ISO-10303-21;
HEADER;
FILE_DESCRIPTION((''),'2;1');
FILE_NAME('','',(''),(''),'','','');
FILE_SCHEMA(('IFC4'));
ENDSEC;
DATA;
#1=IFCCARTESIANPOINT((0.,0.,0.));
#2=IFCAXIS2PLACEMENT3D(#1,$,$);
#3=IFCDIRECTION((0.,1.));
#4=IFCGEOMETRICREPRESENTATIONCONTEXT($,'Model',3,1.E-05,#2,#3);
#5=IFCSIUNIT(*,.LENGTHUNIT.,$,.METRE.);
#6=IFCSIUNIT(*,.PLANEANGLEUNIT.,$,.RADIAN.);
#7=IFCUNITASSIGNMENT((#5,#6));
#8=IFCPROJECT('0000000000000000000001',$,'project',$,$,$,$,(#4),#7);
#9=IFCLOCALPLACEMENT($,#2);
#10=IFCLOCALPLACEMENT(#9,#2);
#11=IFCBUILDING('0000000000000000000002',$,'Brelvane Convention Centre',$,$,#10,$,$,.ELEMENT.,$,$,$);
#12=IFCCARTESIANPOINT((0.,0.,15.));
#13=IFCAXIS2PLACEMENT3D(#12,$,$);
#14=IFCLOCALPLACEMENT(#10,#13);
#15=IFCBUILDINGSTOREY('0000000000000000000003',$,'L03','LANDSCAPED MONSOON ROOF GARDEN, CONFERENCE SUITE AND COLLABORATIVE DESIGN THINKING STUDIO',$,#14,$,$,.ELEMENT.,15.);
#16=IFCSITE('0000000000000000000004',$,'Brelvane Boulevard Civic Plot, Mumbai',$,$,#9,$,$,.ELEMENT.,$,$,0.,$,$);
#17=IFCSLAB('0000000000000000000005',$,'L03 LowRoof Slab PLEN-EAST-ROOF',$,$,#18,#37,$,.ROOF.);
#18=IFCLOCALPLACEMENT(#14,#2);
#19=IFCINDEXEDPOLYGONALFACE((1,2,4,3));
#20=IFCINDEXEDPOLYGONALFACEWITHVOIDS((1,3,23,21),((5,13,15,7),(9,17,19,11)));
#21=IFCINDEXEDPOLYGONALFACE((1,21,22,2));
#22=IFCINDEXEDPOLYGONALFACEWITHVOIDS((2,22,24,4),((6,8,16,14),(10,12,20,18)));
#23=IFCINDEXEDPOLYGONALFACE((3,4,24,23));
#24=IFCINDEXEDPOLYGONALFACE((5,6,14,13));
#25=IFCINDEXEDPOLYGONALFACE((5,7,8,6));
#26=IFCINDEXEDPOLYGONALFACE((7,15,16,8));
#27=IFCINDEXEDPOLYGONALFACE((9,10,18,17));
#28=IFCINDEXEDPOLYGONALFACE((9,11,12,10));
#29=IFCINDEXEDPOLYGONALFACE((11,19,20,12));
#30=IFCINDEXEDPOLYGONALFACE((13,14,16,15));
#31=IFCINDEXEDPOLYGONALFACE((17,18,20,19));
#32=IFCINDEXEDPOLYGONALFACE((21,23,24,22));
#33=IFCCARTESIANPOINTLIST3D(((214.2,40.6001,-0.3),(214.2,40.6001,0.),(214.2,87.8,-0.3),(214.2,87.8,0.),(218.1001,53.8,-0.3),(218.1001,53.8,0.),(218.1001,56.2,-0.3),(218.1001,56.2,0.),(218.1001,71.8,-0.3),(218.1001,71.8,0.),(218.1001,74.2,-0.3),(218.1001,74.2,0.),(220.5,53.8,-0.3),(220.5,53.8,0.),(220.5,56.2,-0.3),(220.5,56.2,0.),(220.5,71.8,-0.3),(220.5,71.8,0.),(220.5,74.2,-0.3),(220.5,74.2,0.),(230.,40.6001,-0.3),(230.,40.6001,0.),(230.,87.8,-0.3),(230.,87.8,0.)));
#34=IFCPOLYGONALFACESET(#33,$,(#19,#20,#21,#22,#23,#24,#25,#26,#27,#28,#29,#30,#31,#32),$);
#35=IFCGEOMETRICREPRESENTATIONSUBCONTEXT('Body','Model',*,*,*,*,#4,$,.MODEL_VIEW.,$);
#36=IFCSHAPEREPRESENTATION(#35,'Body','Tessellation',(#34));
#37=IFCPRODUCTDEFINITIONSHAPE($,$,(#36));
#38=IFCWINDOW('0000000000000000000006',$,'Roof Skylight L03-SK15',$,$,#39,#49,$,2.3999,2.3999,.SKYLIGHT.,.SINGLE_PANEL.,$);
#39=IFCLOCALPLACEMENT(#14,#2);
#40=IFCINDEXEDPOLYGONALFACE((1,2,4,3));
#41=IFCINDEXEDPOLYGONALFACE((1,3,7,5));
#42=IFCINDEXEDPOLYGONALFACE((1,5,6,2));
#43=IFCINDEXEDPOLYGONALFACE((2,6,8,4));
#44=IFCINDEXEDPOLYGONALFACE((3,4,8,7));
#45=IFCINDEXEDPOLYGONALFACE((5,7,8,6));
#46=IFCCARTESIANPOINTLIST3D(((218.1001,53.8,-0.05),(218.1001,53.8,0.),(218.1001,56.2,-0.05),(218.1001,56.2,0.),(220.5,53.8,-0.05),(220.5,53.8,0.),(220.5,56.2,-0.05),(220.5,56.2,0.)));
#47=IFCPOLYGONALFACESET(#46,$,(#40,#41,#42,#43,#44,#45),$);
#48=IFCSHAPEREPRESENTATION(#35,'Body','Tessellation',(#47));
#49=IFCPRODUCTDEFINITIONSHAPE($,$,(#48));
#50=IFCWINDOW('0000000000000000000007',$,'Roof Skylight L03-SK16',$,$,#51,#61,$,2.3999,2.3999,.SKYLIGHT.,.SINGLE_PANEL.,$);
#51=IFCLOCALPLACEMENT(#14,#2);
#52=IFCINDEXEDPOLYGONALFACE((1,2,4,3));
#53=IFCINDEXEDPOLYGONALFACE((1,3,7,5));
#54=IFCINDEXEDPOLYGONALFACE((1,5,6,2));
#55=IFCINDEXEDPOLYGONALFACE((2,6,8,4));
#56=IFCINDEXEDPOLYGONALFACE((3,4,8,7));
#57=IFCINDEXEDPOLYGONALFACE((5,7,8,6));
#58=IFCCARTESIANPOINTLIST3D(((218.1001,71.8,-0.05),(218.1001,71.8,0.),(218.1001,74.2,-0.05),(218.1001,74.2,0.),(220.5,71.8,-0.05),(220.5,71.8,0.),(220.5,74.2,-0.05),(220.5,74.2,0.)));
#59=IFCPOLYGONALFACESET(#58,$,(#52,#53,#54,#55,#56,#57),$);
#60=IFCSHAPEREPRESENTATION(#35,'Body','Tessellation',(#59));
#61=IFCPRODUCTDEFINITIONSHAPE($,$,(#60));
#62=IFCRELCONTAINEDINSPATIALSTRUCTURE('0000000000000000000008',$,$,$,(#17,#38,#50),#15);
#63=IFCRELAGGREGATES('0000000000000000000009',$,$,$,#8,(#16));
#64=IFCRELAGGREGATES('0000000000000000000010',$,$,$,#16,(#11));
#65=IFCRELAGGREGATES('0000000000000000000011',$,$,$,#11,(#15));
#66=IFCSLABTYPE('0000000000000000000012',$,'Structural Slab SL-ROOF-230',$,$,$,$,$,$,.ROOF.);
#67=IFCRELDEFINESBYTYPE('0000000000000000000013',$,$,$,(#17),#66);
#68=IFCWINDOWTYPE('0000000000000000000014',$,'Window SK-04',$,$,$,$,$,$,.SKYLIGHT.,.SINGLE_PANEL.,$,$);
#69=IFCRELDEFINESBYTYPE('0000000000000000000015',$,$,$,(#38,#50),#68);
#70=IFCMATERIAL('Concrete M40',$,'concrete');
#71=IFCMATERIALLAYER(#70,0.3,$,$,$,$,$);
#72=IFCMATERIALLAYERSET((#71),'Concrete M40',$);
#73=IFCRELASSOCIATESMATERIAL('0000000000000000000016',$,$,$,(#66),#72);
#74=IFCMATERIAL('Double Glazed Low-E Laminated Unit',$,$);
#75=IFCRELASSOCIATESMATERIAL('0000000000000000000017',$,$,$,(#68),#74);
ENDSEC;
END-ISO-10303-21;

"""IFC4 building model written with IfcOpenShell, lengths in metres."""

from ifc_helpers import new_model, si_unit, direction, frame, origin, origin_2d, place, context, subcontext, project, spatial, polyline, rectangle, outline, extrude, material, layer, layer_set, type_object, element, fill, save


model = new_model("IFC4")

# Units and contexts
model_context = context("Model", 3, precision=1e-05, world=origin(), true_north=direction((0.0, 1.0)))
body_context = subcontext(model_context, "Body", "Model", "MODEL_VIEW")
ifc_project = project(units=[si_unit("LENGTHUNIT", "METRE"), si_unit("PLANEANGLEUNIT", "RADIAN")], contexts=[model_context])

# Site, building, storey
site_placement = place(None, origin())
site = spatial("IfcSite", under=ifc_project, at=site_placement, Name="Brelvane Boulevard Civic Plot, Mumbai", CompositionType="ELEMENT", RefElevation=0.0)
building_placement = place(site_placement, origin())
building = spatial("IfcBuilding", under=site, at=building_placement, Name="Brelvane Convention Centre", CompositionType="ELEMENT")
storey_placement = place(building_placement, frame((0.0, 0.0, 15.0)))
storey = spatial("IfcBuildingStorey", under=building, at=storey_placement, Name="L03", Description="LANDSCAPED MONSOON ROOF GARDEN, CONFERENCE SUITE AND COLLABORATIVE DESIGN THINKING STUDIO", CompositionType="ELEMENT", Elevation=15.0)

# Shared definitions
ifc_material_1 = material(Name="Concrete M40", Category="concrete")
ifc_layer_1 = layer(ifc_material_1, 0.3)
ifc_layer_set_1 = layer_set([ifc_layer_1], Name="Concrete M40")
slab_type_1 = type_object("IfcSlabType", Name="Structural Slab SL-ROOF-230", PredefinedType="ROOF", material=ifc_layer_set_1)

# Shared definitions
ifc_material_2 = material(Name="Double Glazed Low-E Laminated Unit")
window_type_1 = type_object("IfcWindowType", Name="Window SK-04", PartitioningType="SINGLE_PANEL", PredefinedType="SKYLIGHT", material=ifc_material_2)

# Slab, openings, windows
slab_1_placement = place(storey_placement, frame((0.0, 0.0, -0.3)))
slab_1 = element("IfcSlab", 1, at=slab_1_placement, inside=storey, type_object=slab_type_1, Name="L03 LowRoof Slab PLEN-EAST-ROOF", PredefinedType="ROOF", context=body_context, shape_type="SweptSolid", body=[
    extrude(outline(polyline([(214.2, 40.6001), (230.0, 40.6001), (230.0, 87.8), (214.2, 87.8), (214.2, 40.6001)])), origin(), (0.0, 0.0, 1.0), 0.3),
])
opening_1_placement = place(slab_1_placement, frame((219.3, 55.0, 0.0)))
opening_1 = element("IfcOpeningElement", 2, at=opening_1_placement, cuts=slab_1, PredefinedType="OPENING", context=body_context, shape_type="SweptSolid", body=[
    extrude(rectangle(XDim=2.3999, YDim=2.3999, at=origin_2d()), origin(), (0.0, 0.0, 1.0), 0.3),
])
opening_2_placement = place(slab_1_placement, frame((219.3, 73.0, 0.0)))
opening_2 = element("IfcOpeningElement", 3, at=opening_2_placement, cuts=slab_1, PredefinedType="OPENING", context=body_context, shape_type="SweptSolid", body=[
    extrude(rectangle(XDim=2.3999, YDim=2.3999, at=origin_2d()), origin(), (0.0, 0.0, 1.0), 0.3),
])
window_1_placement = place(opening_1_placement, frame((0.0, 0.0, 0.25)))
window_1 = element("IfcWindow", 4, at=window_1_placement, inside=storey, type_object=window_type_1, Name="Roof Skylight L03-SK15", OverallHeight=2.3999, OverallWidth=2.3999, PartitioningType="SINGLE_PANEL", PredefinedType="SKYLIGHT", context=body_context, shape_type="SweptSolid", body=[
    extrude(rectangle(XDim=2.3999, YDim=2.3999, at=origin_2d()), origin(), (0.0, 0.0, 1.0), 0.05),
])
fill(opening_1, window_1)
window_2_placement = place(opening_2_placement, frame((0.0, 0.0, 0.25)))
window_2 = element("IfcWindow", 5, at=window_2_placement, inside=storey, type_object=window_type_1, Name="Roof Skylight L03-SK16", OverallHeight=2.3999, OverallWidth=2.3999, PartitioningType="SINGLE_PANEL", PredefinedType="SKYLIGHT", context=body_context, shape_type="SweptSolid", body=[
    extrude(rectangle(XDim=2.3999, YDim=2.3999, at=origin_2d()), origin(), (0.0, 0.0, 1.0), 0.05),
])
fill(opening_2, window_2)

save(model, "model.ifc")
